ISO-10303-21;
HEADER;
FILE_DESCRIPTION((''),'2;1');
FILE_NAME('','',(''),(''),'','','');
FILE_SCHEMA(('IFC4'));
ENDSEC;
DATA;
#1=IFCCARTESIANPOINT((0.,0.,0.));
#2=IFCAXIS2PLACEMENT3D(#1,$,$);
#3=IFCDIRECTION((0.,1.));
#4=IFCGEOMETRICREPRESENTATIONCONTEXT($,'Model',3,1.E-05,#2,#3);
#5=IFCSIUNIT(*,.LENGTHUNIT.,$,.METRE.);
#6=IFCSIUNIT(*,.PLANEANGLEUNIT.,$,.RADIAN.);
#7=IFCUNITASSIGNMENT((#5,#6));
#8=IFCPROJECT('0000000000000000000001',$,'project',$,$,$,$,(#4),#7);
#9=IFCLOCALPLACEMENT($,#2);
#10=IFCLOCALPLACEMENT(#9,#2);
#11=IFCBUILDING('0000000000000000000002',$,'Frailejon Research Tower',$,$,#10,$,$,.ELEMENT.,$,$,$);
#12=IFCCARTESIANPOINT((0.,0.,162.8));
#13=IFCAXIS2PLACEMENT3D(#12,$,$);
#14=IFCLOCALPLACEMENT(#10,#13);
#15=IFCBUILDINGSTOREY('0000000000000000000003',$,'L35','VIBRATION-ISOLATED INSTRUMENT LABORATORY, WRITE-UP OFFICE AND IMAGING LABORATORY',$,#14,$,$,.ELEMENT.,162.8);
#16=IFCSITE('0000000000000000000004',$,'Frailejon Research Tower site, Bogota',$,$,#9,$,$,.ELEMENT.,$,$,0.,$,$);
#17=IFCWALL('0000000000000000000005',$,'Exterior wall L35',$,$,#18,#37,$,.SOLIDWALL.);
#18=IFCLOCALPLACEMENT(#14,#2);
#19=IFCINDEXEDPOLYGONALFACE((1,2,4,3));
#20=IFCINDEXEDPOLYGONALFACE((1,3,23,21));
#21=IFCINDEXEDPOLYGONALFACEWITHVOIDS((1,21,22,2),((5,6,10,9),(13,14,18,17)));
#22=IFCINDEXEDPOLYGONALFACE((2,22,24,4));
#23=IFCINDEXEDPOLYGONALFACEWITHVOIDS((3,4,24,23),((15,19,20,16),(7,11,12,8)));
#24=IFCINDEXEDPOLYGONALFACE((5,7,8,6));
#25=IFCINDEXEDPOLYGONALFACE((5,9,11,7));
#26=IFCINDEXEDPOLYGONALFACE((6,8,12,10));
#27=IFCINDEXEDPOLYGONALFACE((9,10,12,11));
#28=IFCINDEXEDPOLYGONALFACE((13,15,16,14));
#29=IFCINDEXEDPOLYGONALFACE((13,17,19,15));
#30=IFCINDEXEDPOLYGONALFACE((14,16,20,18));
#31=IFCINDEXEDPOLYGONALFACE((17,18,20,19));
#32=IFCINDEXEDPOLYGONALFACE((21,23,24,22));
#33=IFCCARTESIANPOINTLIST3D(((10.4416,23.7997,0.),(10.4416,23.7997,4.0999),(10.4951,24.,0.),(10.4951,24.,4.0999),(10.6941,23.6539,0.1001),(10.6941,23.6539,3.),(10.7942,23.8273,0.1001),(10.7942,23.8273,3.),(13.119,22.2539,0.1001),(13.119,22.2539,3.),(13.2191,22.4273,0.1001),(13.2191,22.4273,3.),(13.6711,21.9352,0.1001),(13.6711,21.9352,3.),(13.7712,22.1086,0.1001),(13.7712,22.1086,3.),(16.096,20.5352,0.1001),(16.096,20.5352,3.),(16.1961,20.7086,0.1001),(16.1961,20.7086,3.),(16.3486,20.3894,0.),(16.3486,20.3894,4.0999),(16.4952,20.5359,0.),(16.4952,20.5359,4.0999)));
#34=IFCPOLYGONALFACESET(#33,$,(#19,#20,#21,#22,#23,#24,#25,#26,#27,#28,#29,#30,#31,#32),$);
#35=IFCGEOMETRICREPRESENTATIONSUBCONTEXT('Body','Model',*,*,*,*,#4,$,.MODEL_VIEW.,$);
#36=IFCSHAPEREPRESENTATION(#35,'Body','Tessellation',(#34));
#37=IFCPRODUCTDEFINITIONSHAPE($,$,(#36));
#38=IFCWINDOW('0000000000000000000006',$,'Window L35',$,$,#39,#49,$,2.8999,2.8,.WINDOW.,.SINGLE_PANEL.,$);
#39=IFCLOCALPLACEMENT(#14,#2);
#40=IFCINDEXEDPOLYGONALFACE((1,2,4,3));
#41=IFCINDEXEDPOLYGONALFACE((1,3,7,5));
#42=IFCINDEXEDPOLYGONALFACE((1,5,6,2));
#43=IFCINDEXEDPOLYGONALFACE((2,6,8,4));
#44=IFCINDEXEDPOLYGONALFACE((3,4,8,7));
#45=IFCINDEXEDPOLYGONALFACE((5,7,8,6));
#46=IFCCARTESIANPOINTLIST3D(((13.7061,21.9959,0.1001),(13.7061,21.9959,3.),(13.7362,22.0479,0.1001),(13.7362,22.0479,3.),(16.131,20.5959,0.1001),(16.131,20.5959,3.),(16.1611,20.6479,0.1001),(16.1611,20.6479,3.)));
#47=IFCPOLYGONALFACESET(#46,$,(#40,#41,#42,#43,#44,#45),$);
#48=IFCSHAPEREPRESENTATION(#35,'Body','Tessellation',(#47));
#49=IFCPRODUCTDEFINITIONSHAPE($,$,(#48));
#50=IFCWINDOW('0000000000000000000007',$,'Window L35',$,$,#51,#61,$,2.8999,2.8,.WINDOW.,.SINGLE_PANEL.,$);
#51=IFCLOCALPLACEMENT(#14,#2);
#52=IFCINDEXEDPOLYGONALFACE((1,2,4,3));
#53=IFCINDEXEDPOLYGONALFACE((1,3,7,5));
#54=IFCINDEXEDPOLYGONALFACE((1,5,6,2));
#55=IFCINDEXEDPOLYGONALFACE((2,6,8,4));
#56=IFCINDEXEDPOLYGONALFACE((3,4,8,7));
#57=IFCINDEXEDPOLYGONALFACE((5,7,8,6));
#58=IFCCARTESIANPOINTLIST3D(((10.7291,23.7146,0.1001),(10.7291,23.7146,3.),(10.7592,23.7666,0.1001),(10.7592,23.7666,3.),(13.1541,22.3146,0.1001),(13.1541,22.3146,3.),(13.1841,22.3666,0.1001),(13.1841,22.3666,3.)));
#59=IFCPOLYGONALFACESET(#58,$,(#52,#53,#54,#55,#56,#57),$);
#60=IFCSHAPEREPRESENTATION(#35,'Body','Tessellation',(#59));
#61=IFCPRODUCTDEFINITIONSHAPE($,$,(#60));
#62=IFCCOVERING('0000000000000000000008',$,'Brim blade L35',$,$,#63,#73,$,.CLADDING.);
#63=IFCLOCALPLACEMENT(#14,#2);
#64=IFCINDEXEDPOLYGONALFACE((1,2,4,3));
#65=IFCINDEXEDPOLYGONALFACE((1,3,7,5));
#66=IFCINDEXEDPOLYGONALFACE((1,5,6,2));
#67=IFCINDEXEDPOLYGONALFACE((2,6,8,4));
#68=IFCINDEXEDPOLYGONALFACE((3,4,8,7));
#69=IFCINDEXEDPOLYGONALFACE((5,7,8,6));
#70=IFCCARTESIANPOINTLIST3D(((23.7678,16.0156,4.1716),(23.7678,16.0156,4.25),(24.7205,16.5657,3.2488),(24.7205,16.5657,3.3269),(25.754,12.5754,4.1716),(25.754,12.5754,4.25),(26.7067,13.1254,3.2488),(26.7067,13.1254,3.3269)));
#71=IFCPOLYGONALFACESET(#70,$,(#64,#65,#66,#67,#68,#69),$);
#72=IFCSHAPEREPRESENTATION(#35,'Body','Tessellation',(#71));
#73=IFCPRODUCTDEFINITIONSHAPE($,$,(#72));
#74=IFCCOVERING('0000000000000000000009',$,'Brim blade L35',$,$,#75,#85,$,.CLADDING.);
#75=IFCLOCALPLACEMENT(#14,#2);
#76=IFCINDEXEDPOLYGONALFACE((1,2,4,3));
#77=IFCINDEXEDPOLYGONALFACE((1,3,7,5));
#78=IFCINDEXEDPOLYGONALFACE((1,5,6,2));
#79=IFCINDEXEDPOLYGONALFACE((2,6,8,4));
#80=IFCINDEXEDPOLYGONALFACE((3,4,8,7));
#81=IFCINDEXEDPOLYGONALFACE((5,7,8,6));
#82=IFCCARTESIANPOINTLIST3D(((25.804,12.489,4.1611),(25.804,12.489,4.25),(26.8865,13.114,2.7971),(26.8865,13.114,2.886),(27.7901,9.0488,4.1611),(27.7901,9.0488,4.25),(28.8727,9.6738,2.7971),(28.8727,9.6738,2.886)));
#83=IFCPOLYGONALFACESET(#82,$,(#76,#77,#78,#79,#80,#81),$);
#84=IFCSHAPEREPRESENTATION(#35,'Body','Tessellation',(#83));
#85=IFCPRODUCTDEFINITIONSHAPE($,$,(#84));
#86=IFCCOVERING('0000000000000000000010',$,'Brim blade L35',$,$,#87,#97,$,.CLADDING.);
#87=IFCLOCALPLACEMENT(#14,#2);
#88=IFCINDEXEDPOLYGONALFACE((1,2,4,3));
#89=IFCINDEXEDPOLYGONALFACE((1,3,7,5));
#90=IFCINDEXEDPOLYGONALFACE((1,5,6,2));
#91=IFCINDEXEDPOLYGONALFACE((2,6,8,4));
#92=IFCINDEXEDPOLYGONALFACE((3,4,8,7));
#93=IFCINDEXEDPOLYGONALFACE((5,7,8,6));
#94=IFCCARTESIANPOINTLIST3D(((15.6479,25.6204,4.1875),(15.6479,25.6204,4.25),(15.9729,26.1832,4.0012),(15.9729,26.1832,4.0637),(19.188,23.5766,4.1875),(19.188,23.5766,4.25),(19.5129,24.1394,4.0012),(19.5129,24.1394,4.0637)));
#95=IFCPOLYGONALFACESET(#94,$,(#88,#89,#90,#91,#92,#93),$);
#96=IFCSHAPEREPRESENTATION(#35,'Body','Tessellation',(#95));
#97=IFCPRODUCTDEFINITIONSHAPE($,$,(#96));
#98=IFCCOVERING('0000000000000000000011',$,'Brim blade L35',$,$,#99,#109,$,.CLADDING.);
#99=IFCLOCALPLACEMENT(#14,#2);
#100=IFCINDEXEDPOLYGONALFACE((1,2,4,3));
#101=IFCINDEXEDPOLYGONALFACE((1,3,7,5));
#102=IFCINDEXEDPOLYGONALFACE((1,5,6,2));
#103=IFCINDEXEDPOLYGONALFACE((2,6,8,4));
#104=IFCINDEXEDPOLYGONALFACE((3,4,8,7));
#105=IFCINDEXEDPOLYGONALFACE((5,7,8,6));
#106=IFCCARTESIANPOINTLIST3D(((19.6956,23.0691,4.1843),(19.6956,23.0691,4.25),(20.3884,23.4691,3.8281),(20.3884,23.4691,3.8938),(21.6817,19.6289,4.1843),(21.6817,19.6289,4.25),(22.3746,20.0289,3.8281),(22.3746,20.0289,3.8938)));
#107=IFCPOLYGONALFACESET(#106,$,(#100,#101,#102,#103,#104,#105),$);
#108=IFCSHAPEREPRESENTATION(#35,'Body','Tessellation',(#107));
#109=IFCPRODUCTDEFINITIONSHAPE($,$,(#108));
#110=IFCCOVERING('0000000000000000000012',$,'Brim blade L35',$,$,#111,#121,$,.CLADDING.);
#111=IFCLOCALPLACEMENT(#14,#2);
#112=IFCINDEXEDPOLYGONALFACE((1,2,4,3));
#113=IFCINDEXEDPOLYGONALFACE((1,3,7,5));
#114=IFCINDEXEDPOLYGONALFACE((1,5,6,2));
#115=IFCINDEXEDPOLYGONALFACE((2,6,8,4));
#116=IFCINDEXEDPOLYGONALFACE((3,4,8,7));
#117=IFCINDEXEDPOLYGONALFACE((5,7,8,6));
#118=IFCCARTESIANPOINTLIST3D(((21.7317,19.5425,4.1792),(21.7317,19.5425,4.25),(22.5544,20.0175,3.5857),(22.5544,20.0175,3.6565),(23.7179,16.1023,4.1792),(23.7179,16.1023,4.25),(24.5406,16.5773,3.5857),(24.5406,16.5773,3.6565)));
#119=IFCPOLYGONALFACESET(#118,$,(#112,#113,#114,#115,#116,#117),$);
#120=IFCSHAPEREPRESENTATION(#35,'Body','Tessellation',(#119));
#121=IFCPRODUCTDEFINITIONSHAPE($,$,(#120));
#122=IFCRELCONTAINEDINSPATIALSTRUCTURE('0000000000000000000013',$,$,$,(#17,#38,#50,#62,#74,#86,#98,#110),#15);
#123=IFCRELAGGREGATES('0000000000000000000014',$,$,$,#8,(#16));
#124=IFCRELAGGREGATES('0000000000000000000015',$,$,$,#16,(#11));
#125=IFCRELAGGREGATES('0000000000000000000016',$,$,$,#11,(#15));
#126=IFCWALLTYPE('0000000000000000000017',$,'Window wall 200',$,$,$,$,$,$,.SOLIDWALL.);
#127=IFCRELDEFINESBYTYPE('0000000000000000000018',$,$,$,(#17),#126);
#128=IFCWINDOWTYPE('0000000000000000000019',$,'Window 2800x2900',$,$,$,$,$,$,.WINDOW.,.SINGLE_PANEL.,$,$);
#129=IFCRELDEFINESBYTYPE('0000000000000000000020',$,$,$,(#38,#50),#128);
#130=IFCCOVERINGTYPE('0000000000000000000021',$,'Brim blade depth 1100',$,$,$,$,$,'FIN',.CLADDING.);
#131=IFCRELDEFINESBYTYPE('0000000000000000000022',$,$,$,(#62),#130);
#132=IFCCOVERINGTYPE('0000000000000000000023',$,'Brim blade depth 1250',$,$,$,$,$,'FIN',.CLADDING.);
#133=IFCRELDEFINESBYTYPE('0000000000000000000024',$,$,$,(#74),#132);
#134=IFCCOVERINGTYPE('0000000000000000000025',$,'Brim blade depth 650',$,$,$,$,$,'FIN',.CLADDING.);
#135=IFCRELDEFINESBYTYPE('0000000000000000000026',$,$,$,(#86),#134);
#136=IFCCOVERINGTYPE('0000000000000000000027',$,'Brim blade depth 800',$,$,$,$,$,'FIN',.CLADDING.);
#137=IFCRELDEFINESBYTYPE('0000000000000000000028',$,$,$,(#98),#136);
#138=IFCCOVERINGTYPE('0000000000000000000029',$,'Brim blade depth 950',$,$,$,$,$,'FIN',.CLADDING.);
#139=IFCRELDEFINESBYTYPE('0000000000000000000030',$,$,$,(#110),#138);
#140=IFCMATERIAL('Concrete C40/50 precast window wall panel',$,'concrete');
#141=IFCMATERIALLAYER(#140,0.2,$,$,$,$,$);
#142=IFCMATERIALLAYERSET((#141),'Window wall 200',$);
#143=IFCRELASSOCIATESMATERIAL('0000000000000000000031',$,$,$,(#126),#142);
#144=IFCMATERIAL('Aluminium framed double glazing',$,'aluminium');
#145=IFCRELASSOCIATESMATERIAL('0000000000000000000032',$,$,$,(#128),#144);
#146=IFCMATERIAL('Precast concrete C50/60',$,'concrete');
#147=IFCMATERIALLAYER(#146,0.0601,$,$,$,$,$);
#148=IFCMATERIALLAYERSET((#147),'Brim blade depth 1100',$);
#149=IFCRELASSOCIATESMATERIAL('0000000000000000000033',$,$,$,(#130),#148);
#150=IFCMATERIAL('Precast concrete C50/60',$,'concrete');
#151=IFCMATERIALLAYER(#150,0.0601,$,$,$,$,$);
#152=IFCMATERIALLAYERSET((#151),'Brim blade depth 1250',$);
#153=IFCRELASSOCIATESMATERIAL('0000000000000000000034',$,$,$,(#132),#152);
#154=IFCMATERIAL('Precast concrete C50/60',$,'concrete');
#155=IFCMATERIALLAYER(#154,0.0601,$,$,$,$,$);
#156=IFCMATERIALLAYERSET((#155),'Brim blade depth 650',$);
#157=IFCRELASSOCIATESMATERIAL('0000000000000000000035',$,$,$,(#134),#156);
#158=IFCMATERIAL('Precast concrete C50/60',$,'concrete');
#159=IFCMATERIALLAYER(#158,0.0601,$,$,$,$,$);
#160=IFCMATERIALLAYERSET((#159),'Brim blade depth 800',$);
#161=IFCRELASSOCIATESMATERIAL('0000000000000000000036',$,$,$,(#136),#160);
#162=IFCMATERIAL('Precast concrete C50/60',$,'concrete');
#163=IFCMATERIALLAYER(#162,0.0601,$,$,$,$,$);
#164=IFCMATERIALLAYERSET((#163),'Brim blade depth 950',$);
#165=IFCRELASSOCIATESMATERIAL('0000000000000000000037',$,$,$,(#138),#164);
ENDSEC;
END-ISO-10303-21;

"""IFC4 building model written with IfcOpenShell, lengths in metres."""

from ifc_helpers import new_model, si_unit, direction, frame, frame_2d, origin, place, context, subcontext, project, spatial, polyline, rectangle, outline, extrude, material, layer, layer_set, type_object, element, fill, save


model = new_model("IFC4")

# Units and contexts
model_context = context("Model", 3, precision=1e-05, world=origin(), true_north=direction((0.0, 1.0)))
body_context = subcontext(model_context, "Body", "Model", "MODEL_VIEW")
ifc_project = project(units=[si_unit("LENGTHUNIT", "METRE"), si_unit("PLANEANGLEUNIT", "RADIAN")], contexts=[model_context])

# Site, building, storey
site_placement = place(None, origin())
site = spatial("IfcSite", under=ifc_project, at=site_placement, Name="Frailejon Research Tower site, Bogota", CompositionType="ELEMENT", RefElevation=0.0)
building_placement = place(site_placement, origin())
building = spatial("IfcBuilding", under=site, at=building_placement, Name="Frailejon Research Tower", CompositionType="ELEMENT")
storey_placement = place(building_placement, frame((0.0, 0.0, 162.8)))
storey = spatial("IfcBuildingStorey", under=building, at=storey_placement, Name="L35", Description="VIBRATION-ISOLATED INSTRUMENT LABORATORY, WRITE-UP OFFICE AND IMAGING LABORATORY", CompositionType="ELEMENT", Elevation=162.8)

# Wall, openings, windows
ifc_material_1 = material(Name="Concrete C40/50 precast window wall panel", Category="concrete")
ifc_layer_1 = layer(ifc_material_1, 0.2)
ifc_layer_set_1 = layer_set([ifc_layer_1], Name="Window wall 200")
wall_type_1 = type_object("IfcWallType", Name="Window wall 200", PredefinedType="SOLIDWALL", material=ifc_layer_set_1)
wall_1_placement = place(storey_placement, frame((16.4219, 20.4626, 0.0), z_axis=(0.0, 0.0, 1.0), x_axis=(-0.866029, 0.499993, 0.0)))
wall_1 = element("IfcWall", 1, at=wall_1_placement, inside=storey, type_object=wall_type_1, Name="Exterior wall L35", PredefinedType="SOLIDWALL", context=body_context, shape_type="SweptSolid", body=[
    extrude(outline(polyline([(-0.0269, -0.1001), (1.1279, -0.1001), (2.2825, -0.1001), (3.4373, -0.1001), (4.592, -0.1001), (5.7466, -0.1001), (6.9014, -0.1001), (6.8477, 0.1001), (5.7109, 0.1001), (4.574, 0.1001), (3.4373, 0.1001), (2.3005, 0.1001), (1.1636, 0.1001), (0.0269, 0.1001), (-0.0269, -0.1001)])), origin(), (0.0, 0.0, 1.0), 4.0999),
])
opening_1_placement = place(wall_1_placement, frame((0.3186, 0.0, 0.1001)))
opening_1 = element("IfcOpeningElement", 2, at=opening_1_placement, cuts=wall_1, PredefinedType="OPENING", context=body_context, shape_type="SweptSolid", body=[
    extrude(rectangle(XDim=2.8, YDim=2.8999, at=frame_2d((1.3999, 1.45))), frame((0.0, 0.1099, 0.0), z_axis=(0.0, -1.0, 0.0), x_axis=(1.0, 0.0, 0.0)), (0.0, 0.0, 1.0), 0.22),
])
opening_2_placement = place(wall_1_placement, frame((3.7561, 0.0, 0.1001)))
opening_2 = element("IfcOpeningElement", 3, at=opening_2_placement, cuts=wall_1, PredefinedType="OPENING", context=body_context, shape_type="SweptSolid", body=[
    extrude(rectangle(XDim=2.8, YDim=2.8999, at=frame_2d((1.3999, 1.45))), frame((0.0, 0.1099, 0.0), z_axis=(0.0, -1.0, 0.0), x_axis=(1.0, 0.0, 0.0)), (0.0, 0.0, 1.0), 0.22),
])
ifc_material_2 = material(Name="Aluminium framed double glazing", Category="aluminium")
window_type = type_object("IfcWindowType", Name="Window 2800x2900", PartitioningType="SINGLE_PANEL", PredefinedType="WINDOW", material=ifc_material_2)
window_1_placement = place(opening_1_placement, origin())
window_1 = element("IfcWindow", 4, at=window_1_placement, inside=storey, type_object=window_type, Name="Window L35", OverallHeight=2.8999, OverallWidth=2.8, PartitioningType="SINGLE_PANEL", PredefinedType="WINDOW", context=body_context, shape_type="SweptSolid", body=[
    extrude(rectangle(XDim=2.8, YDim=2.8999, at=frame_2d((1.3999, 1.45))), frame((0.0, 0.03, 0.0), z_axis=(0.0, -1.0, 0.0), x_axis=(1.0, 0.0, 0.0)), (0.0, 0.0, 1.0), 0.0601),
])
fill(opening_1, window_1)
window_2_placement = place(opening_2_placement, origin())
window_2 = element("IfcWindow", 5, at=window_2_placement, inside=storey, type_object=window_type, Name="Window L35", OverallHeight=2.8999, OverallWidth=2.8, PartitioningType="SINGLE_PANEL", PredefinedType="WINDOW", context=body_context, shape_type="SweptSolid", body=[
    extrude(rectangle(XDim=2.8, YDim=2.8999, at=frame_2d((1.3999, 1.45))), frame((0.0, 0.03, 0.0), z_axis=(0.0, -1.0, 0.0), x_axis=(1.0, 0.0, 0.0)), (0.0, 0.0, 1.0), 0.0601),
])
fill(opening_2, window_2)

# Coverings
ifc_material_3 = material(Name="Precast concrete C50/60", Category="concrete")
ifc_layer_2 = layer(ifc_material_3, 0.0601)
ifc_layer_set_2 = layer_set([ifc_layer_2], Name="Brim blade depth 1100")
covering_type_1 = type_object("IfcCoveringType", Name="Brim blade depth 1100", ElementType="FIN", PredefinedType="CLADDING", material=ifc_layer_set_2)
covering_1_placement = place(storey_placement, frame((23.7678, 16.0156, 4.25), z_axis=(0.499992, -0.86603, 0.0), x_axis=(0.86603, 0.499992, 0.0)))
element("IfcCovering", 6, at=covering_1_placement, inside=storey, type_object=covering_type_1, Name="Brim blade L35", PredefinedType="CLADDING", context=body_context, shape_type="SweptSolid", body=[
    extrude(outline(polyline([(0.0, -0.0784), (1.1001, -1.0012), (1.1001, -0.9231), (0.0, 0.0), (0.0, -0.0784)])), origin(), (0.0, 0.0, 1.0), 3.9724),
])
ifc_material_4 = material(Name="Precast concrete C50/60", Category="concrete")
ifc_layer_3 = layer(ifc_material_4, 0.0601)
ifc_layer_set_3 = layer_set([ifc_layer_3], Name="Brim blade depth 1250")
covering_type_2 = type_object("IfcCoveringType", Name="Brim blade depth 1250", ElementType="FIN", PredefinedType="CLADDING", material=ifc_layer_set_3)
covering_2_placement = place(storey_placement, frame((25.804, 12.489, 4.25), z_axis=(0.499992, -0.86603, 0.0), x_axis=(0.86603, 0.499992, 0.0)))
element("IfcCovering", 7, at=covering_2_placement, inside=storey, type_object=covering_type_2, Name="Brim blade L35", PredefinedType="CLADDING", context=body_context, shape_type="SweptSolid", body=[
    extrude(outline(polyline([(0.0, -0.0889), (1.25, -1.4529), (1.25, -1.364), (0.0, 0.0), (0.0, -0.0889)])), origin(), (0.0, 0.0, 1.0), 3.9724),
])
ifc_material_5 = material(Name="Precast concrete C50/60", Category="concrete")
ifc_layer_4 = layer(ifc_material_5, 0.0601)
ifc_layer_set_4 = layer_set([ifc_layer_4], Name="Brim blade depth 650")
covering_type_3 = type_object("IfcCoveringType", Name="Brim blade depth 650", ElementType="FIN", PredefinedType="CLADDING", material=ifc_layer_set_4)
covering_3_placement = place(storey_placement, frame((15.6479, 25.6204, 4.25), z_axis=(0.866027, -0.499997, 0.0), x_axis=(0.499997, 0.866027, 0.0)))
element("IfcCovering", 8, at=covering_3_placement, inside=storey, type_object=covering_type_3, Name="Brim blade L35", PredefinedType="CLADDING", context=body_context, shape_type="SweptSolid", body=[
    extrude(outline(polyline([(0.0, -0.0625), (0.6499, -0.2488), (0.6499, -0.1863), (0.0, 0.0), (0.0, -0.0625)])), origin(), (0.0, 0.0, 1.0), 4.0876),
])
ifc_material_6 = material(Name="Precast concrete C50/60", Category="concrete")
ifc_layer_5 = layer(ifc_material_6, 0.0601)
ifc_layer_set_5 = layer_set([ifc_layer_5], Name="Brim blade depth 800")
covering_type_4 = type_object("IfcCoveringType", Name="Brim blade depth 800", ElementType="FIN", PredefinedType="CLADDING", material=ifc_layer_set_5)
covering_4_placement = place(storey_placement, frame((19.6956, 23.0691, 4.25), z_axis=(0.499992, -0.86603, 0.0), x_axis=(0.86603, 0.499992, 0.0)))
element("IfcCovering", 9, at=covering_4_placement, inside=storey, type_object=covering_type_4, Name="Brim blade L35", PredefinedType="CLADDING", context=body_context, shape_type="SweptSolid", body=[
    extrude(outline(polyline([(0.0, -0.0657), (0.8, -0.4219), (0.8, -0.3562), (0.0, 0.0), (0.0, -0.0657)])), origin(), (0.0, 0.0, 1.0), 3.9724),
])
ifc_material_7 = material(Name="Precast concrete C50/60", Category="concrete")
ifc_layer_6 = layer(ifc_material_7, 0.0601)
ifc_layer_set_6 = layer_set([ifc_layer_6], Name="Brim blade depth 950")
covering_type_5 = type_object("IfcCoveringType", Name="Brim blade depth 950", ElementType="FIN", PredefinedType="CLADDING", material=ifc_layer_set_6)
covering_5_placement = place(storey_placement, frame((21.7317, 19.5425, 4.25), z_axis=(0.500011, -0.866019, 0.0), x_axis=(0.866019, 0.500011, 0.0)))
element("IfcCovering", 10, at=covering_5_placement, inside=storey, type_object=covering_type_5, Name="Brim blade L35", PredefinedType="CLADDING", context=body_context, shape_type="SweptSolid", body=[
    extrude(outline(polyline([(0.0, -0.0708), (0.95, -0.6643), (0.95, -0.5935), (0.0, 0.0), (0.0, -0.0708)])), origin(), (0.0, 0.0, 1.0), 3.9724),
])

save(model, "model.ifc")
